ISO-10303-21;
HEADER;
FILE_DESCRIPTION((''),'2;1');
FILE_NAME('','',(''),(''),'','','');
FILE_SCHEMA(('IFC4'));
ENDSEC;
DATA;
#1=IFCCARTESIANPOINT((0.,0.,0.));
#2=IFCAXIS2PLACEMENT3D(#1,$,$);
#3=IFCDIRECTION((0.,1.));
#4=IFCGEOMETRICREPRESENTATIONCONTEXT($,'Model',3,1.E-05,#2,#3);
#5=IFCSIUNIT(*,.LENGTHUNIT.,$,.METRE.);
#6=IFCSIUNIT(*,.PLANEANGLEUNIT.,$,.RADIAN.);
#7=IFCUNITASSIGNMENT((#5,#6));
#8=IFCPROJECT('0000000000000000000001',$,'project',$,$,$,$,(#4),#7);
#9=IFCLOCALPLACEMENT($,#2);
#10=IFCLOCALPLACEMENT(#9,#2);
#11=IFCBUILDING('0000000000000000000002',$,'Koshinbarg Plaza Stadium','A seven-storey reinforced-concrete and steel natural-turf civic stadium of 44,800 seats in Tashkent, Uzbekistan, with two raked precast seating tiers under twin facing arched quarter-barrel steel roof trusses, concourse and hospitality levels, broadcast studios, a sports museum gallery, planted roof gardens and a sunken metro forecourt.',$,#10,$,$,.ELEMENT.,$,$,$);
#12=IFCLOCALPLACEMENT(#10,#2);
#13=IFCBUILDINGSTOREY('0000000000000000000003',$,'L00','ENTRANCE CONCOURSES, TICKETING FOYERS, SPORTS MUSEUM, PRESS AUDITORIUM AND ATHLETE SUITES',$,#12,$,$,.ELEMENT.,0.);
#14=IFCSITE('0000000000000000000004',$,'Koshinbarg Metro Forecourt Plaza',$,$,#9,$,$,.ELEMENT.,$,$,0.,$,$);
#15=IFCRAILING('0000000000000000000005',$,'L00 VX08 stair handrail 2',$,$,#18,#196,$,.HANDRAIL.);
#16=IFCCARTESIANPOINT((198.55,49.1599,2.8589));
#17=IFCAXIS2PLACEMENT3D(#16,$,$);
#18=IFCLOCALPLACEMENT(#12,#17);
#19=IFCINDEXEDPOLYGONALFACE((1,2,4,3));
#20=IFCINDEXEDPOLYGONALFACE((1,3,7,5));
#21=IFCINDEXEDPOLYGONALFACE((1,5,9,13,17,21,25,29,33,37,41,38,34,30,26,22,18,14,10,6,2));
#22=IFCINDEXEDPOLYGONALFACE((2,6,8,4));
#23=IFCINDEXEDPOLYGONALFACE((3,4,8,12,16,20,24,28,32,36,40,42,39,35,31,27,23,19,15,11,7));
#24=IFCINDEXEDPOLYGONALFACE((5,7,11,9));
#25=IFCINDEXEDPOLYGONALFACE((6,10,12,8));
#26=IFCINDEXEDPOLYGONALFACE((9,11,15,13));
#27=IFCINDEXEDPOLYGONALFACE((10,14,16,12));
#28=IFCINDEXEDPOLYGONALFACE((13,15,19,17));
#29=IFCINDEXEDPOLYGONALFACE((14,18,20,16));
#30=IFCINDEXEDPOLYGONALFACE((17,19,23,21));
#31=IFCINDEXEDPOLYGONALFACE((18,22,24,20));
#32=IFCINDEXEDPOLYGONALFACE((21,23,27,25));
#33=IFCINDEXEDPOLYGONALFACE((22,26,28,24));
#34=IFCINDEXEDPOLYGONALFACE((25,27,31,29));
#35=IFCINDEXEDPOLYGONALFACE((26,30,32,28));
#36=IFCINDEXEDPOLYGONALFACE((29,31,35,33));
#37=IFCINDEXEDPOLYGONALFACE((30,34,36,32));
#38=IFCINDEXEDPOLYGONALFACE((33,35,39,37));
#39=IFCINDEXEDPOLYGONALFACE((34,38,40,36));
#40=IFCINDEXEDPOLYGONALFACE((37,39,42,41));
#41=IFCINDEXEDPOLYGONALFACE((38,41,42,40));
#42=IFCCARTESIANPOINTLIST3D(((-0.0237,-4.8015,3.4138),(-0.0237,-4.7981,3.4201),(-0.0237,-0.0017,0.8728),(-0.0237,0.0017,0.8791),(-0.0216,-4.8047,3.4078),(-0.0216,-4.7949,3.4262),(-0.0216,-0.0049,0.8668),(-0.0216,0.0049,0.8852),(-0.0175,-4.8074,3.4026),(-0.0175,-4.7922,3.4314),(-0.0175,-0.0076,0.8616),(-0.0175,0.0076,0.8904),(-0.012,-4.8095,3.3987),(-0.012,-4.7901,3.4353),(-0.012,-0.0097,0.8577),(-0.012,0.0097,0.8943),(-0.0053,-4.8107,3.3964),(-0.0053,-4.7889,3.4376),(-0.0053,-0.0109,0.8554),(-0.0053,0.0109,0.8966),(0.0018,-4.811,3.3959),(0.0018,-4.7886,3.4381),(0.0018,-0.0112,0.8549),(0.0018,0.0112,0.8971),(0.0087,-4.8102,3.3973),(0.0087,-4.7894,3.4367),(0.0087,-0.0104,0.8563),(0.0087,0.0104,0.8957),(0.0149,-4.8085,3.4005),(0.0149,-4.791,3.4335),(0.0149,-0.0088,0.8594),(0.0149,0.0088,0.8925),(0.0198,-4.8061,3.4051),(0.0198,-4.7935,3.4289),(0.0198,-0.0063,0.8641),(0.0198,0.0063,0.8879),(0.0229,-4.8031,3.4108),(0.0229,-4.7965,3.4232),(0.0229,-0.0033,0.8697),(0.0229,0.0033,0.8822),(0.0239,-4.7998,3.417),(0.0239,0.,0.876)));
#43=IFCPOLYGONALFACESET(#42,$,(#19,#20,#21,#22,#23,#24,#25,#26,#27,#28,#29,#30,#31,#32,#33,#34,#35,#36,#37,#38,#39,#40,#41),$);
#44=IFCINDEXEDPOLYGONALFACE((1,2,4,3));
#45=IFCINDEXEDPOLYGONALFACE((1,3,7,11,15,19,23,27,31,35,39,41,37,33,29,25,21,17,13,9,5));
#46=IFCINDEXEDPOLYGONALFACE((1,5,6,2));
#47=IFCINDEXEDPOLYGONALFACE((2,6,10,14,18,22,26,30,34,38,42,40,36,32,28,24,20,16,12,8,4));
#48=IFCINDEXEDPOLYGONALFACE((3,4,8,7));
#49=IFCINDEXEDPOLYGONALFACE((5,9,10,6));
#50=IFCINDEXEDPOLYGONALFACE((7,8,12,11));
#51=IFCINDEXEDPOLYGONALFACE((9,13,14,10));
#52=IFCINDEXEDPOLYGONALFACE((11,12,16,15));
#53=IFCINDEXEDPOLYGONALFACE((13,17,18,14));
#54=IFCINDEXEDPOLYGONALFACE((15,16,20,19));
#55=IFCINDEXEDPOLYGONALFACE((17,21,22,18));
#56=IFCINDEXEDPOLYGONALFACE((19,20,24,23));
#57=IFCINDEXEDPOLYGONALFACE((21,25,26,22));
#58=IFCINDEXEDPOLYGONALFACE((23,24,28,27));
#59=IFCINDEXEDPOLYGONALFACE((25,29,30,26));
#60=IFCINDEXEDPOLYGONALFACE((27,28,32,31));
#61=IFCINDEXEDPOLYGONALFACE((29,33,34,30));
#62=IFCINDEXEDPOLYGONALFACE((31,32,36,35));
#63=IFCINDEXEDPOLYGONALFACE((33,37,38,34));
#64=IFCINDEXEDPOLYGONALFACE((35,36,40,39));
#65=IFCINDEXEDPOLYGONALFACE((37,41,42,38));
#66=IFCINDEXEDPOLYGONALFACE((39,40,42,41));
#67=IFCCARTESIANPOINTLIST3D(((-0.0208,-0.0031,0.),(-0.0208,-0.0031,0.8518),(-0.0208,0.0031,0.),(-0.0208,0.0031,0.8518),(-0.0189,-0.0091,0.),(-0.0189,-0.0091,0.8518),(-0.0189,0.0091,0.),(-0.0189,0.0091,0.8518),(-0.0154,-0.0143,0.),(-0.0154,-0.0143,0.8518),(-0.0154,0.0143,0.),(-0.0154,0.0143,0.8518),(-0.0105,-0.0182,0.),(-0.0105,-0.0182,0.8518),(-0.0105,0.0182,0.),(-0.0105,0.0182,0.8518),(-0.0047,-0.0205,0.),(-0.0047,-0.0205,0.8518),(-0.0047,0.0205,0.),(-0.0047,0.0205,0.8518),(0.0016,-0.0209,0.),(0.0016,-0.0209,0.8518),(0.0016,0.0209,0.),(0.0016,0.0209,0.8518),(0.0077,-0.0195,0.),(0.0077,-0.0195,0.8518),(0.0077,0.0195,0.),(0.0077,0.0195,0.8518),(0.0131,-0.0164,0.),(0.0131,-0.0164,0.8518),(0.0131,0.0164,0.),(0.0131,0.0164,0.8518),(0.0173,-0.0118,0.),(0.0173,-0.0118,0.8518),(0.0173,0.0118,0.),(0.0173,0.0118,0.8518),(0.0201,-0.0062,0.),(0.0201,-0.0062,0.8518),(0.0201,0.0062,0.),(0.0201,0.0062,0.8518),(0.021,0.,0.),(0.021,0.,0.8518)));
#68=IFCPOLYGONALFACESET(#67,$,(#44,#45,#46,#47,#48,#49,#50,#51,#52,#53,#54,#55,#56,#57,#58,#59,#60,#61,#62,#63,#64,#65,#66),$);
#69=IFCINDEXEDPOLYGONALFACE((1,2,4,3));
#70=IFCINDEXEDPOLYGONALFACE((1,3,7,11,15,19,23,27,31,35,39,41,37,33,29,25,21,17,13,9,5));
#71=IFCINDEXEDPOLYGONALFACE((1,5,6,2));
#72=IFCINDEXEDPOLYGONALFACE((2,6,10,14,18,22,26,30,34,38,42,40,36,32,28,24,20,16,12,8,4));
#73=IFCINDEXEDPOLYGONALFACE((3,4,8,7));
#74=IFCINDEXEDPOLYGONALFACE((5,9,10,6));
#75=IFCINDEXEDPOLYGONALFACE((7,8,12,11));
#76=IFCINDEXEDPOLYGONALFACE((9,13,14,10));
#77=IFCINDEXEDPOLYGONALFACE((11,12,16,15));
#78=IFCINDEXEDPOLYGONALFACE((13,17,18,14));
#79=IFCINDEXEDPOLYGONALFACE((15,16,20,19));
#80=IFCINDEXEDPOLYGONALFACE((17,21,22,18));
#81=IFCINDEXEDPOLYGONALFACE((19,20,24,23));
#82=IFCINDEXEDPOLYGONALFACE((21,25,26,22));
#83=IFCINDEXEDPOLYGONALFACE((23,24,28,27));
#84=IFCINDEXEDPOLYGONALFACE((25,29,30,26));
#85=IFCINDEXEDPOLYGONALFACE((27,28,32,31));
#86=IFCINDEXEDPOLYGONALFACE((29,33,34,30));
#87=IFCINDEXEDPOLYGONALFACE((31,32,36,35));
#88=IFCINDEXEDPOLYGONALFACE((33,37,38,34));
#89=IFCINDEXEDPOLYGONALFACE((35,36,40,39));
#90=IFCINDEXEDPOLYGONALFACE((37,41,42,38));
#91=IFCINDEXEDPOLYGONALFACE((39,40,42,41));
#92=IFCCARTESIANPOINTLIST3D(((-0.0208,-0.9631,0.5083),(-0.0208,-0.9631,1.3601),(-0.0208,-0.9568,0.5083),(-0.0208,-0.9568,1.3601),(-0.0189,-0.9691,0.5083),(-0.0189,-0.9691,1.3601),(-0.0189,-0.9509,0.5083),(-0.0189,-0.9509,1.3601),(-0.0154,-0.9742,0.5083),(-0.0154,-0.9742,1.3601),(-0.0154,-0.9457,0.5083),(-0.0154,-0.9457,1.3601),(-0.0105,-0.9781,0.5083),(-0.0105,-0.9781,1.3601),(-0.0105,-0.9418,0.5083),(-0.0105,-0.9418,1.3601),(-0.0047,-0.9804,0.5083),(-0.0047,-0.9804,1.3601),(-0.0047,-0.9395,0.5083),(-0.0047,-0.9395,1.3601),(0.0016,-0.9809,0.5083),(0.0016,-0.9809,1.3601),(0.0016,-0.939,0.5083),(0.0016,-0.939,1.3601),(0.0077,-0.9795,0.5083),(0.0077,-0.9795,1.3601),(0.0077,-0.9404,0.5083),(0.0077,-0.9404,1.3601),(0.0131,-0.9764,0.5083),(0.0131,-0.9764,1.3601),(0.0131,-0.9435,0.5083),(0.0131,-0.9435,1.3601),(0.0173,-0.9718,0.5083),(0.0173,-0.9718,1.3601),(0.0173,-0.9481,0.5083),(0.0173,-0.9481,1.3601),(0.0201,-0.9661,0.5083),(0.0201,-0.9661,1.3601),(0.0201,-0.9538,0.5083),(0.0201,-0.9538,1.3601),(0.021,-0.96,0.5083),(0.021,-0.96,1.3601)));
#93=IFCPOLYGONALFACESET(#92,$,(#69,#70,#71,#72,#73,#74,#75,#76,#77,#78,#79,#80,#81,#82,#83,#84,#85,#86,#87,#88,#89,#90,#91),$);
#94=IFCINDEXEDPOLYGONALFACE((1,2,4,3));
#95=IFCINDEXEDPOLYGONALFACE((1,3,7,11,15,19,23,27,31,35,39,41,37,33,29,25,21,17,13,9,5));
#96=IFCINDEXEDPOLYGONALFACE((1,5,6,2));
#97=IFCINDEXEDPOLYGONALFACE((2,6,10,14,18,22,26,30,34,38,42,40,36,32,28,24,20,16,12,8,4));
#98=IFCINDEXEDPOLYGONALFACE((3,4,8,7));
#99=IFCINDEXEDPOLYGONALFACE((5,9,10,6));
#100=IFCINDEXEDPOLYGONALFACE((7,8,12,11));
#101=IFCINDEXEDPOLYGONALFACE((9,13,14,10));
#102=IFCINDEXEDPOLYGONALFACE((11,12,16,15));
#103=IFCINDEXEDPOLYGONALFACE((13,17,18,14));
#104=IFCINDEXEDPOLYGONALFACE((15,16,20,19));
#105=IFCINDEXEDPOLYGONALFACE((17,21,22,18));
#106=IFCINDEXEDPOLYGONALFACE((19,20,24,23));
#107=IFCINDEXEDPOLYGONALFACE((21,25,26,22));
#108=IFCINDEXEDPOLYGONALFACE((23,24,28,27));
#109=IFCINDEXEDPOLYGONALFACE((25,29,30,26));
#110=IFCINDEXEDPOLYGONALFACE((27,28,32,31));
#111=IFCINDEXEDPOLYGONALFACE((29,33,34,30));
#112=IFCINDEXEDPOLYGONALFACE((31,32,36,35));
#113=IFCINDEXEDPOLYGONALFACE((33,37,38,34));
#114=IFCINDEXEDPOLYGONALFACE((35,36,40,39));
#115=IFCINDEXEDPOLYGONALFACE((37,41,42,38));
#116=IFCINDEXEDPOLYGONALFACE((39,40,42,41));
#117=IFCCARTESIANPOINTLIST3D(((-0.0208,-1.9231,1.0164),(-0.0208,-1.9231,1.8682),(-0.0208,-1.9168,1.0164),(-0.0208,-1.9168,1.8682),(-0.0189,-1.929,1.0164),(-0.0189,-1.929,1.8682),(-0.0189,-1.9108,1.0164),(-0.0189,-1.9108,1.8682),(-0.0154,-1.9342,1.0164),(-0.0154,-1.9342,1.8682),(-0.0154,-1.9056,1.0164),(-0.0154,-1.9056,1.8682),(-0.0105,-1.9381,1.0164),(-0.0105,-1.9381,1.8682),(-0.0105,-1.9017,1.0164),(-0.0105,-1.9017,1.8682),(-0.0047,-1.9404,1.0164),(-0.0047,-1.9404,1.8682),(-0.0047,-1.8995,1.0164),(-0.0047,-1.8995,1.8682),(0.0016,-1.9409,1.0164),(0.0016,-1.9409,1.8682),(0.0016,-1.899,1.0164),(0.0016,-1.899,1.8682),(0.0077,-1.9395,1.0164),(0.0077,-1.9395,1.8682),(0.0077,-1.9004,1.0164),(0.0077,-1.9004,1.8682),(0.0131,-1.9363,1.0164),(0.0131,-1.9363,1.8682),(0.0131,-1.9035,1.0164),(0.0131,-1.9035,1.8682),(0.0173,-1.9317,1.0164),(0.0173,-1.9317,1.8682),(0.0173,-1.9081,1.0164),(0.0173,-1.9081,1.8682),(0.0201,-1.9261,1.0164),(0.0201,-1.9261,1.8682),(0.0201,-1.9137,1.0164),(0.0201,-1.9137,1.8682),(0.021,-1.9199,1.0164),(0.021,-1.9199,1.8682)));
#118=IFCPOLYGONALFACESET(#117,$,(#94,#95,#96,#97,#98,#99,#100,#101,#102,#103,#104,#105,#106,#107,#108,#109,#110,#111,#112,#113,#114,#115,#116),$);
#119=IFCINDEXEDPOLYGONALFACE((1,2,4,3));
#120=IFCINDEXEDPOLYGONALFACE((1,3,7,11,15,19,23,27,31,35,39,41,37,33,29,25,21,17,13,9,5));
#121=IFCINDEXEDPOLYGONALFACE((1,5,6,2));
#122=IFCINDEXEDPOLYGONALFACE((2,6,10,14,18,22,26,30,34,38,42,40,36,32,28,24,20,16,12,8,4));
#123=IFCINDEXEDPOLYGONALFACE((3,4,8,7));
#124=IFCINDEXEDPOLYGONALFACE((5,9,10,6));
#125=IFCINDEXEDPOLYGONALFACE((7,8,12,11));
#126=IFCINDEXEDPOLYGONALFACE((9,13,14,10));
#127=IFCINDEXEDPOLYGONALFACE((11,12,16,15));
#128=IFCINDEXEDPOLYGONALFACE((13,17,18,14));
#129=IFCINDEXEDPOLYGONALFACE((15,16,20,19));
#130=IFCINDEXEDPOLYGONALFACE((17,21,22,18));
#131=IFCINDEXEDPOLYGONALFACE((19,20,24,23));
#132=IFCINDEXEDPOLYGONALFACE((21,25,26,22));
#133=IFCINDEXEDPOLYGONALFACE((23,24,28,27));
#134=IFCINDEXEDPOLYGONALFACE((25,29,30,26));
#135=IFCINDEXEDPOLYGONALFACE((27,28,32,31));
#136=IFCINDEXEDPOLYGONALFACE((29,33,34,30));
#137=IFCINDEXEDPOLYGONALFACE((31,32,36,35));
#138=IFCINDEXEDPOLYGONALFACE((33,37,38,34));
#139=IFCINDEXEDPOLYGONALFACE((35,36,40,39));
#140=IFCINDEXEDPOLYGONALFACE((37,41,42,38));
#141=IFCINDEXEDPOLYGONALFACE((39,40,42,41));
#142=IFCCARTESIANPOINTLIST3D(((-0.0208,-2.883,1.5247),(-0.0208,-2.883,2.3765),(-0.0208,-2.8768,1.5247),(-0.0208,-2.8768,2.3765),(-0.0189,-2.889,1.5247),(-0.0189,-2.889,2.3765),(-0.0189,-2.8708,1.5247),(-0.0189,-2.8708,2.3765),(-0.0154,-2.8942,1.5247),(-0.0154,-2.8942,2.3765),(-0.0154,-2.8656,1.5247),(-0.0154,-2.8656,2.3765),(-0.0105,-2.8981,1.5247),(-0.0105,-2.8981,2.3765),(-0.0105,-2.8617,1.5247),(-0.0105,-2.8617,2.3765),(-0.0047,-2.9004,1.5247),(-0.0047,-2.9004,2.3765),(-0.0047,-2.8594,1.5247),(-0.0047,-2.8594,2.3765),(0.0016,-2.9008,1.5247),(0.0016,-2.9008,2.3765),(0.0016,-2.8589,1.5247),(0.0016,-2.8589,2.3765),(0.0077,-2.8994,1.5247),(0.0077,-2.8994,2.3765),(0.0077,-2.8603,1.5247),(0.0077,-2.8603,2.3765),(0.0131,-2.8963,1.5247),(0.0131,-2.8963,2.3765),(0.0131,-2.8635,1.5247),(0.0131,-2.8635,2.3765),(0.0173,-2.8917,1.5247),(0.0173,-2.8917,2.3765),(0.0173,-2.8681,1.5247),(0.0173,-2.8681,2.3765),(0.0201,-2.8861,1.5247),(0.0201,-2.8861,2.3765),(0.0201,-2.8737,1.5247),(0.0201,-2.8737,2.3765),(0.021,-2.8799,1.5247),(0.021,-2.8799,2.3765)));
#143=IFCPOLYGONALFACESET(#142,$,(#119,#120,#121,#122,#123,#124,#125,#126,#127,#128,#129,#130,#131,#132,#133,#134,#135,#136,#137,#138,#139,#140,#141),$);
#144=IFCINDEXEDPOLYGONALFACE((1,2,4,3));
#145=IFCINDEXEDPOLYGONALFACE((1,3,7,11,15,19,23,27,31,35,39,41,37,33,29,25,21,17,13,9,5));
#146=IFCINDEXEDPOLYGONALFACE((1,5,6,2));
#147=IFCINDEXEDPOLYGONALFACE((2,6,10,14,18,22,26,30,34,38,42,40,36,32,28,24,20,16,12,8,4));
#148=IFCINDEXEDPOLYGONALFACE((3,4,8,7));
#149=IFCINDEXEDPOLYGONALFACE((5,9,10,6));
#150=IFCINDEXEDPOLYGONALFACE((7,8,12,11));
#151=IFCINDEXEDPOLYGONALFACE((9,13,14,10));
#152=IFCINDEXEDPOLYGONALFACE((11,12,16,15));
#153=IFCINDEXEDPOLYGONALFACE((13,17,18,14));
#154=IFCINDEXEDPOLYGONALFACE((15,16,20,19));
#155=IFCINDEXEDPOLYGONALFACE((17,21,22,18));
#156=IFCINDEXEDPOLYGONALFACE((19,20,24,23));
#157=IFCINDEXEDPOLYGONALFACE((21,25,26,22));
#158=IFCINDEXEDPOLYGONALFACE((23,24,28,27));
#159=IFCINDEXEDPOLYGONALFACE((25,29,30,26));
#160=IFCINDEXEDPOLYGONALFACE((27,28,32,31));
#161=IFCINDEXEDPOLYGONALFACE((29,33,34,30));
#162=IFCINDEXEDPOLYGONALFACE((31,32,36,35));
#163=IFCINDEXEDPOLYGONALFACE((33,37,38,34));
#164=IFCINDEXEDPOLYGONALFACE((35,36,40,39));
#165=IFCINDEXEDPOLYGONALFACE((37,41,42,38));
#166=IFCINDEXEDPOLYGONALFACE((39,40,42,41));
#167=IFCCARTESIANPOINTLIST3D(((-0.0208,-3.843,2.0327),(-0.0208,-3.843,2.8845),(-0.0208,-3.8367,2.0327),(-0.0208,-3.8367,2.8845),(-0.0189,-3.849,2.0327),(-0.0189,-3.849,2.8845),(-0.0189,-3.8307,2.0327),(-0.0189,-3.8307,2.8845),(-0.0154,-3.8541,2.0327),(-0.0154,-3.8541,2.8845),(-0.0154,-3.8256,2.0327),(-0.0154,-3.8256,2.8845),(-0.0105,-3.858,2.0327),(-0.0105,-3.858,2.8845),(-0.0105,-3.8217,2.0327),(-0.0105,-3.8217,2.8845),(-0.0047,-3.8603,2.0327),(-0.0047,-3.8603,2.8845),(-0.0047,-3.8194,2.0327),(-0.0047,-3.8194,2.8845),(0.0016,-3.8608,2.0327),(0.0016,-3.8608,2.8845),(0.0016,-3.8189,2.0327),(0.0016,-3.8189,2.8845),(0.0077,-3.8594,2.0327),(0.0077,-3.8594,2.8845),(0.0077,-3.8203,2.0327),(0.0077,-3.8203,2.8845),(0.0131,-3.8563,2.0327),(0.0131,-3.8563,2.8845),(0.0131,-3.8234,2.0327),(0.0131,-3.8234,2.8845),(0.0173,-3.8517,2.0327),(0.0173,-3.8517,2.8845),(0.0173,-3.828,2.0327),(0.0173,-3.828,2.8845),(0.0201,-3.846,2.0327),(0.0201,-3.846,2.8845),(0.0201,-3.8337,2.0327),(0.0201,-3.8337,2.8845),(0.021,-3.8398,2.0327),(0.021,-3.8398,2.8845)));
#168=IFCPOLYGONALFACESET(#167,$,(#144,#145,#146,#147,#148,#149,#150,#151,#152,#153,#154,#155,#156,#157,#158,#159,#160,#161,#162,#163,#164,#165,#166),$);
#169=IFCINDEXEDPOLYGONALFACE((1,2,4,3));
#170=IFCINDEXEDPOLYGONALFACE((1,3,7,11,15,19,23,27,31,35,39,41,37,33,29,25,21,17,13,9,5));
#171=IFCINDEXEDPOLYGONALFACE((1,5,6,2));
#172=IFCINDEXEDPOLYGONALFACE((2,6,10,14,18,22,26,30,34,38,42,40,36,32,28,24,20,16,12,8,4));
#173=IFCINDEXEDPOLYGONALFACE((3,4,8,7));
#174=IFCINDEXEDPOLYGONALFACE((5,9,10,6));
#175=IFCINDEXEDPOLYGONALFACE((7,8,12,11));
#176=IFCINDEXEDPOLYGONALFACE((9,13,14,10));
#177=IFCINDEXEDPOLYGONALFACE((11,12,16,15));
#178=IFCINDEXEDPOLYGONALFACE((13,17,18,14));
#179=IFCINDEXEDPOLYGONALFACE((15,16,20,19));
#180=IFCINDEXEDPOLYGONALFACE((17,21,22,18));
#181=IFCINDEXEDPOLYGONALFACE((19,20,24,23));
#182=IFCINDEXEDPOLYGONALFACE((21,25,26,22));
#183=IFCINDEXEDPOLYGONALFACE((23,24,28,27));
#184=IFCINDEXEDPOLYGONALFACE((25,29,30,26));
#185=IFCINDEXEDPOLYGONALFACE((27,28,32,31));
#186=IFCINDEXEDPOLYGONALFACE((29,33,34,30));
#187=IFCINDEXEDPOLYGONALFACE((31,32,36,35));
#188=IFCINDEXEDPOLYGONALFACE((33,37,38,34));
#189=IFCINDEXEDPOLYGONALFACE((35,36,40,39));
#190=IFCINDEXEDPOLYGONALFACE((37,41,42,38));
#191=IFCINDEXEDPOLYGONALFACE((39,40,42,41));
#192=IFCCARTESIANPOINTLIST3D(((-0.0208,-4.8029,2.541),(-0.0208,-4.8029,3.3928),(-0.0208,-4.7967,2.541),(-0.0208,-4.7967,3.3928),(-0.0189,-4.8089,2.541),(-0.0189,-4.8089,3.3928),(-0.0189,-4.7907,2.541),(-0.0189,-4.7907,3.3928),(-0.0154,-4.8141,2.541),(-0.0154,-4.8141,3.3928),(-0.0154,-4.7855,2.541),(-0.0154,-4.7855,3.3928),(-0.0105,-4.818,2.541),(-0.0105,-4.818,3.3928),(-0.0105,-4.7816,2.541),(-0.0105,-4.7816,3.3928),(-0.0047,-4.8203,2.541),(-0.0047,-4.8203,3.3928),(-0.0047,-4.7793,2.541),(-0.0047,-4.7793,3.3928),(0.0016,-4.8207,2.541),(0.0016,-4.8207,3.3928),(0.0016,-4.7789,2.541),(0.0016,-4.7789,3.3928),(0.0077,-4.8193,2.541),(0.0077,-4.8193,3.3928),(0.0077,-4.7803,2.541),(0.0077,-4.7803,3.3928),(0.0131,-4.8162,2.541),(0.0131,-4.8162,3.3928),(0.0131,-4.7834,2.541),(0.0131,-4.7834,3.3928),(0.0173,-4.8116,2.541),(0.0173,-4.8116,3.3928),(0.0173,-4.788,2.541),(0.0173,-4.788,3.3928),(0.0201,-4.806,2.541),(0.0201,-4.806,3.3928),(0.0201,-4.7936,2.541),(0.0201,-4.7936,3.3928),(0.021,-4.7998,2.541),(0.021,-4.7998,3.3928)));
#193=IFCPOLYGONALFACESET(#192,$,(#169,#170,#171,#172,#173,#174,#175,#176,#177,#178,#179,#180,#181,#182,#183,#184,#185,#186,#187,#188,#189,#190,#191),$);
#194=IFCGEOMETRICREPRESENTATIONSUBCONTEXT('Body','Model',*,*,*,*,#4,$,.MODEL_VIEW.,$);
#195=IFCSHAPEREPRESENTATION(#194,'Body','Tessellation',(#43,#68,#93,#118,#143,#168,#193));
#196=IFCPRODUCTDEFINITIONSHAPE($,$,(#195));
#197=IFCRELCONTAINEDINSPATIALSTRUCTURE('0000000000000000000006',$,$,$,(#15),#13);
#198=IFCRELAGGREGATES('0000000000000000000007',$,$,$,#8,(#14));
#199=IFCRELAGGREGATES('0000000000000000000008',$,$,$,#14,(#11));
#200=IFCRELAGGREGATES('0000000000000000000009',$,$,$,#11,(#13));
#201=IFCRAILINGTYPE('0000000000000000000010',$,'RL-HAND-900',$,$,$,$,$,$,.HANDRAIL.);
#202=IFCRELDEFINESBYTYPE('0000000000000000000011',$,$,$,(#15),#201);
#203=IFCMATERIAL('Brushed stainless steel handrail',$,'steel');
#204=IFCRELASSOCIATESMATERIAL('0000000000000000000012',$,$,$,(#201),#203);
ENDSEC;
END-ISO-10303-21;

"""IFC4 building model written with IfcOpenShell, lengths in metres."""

from ifc_helpers import new_model, si_unit, direction, frame, origin, origin_2d, place, context, subcontext, project, spatial, circle, extrude, material, type_object, element, save


model = new_model("IFC4")

# Units and contexts
model_context = context("Model", 3, precision=1e-05, world=origin(), true_north=direction((0.0, 1.0)))
body_context = subcontext(model_context, "Body", "Model", "MODEL_VIEW")
ifc_project = project(units=[si_unit("LENGTHUNIT", "METRE"), si_unit("PLANEANGLEUNIT", "RADIAN")], contexts=[model_context])

# Site, building, storey
site_placement = place(None, origin())
site = spatial("IfcSite", under=ifc_project, at=site_placement, Name="Koshinbarg Metro Forecourt Plaza", CompositionType="ELEMENT", RefElevation=0.0)
building_placement = place(site_placement, origin())
building = spatial("IfcBuilding", under=site, at=building_placement, Name="Koshinbarg Plaza Stadium", Description="A seven-storey reinforced-concrete and steel natural-turf civic stadium of 44,800 seats in Tashkent, Uzbekistan, with two raked precast seating tiers under twin facing arched quarter-barrel steel roof trusses, concourse and hospitality levels, broadcast studios, a sports museum gallery, planted roof gardens and a sunken metro forecourt.", CompositionType="ELEMENT")
storey_placement = place(building_placement, origin())
storey = spatial("IfcBuildingStorey", under=building, at=storey_placement, Name="L00", Description="ENTRANCE CONCOURSES, TICKETING FOYERS, SPORTS MUSEUM, PRESS AUDITORIUM AND ATHLETE SUITES", CompositionType="ELEMENT", Elevation=0.0)

# Railing
ifc_material_1 = material(Name="Brushed stainless steel handrail", Category="steel")
railing_type_1 = type_object("IfcRailingType", Name="RL-HAND-900", PredefinedType="HANDRAIL", material=ifc_material_1)
railing_1_placement = place(storey_placement, frame((198.55, 49.1599, 2.8589)))
element("IfcRailing", 1, at=railing_1_placement, inside=storey, type_object=railing_type_1, Name="L00 VX08 stair handrail 2", PredefinedType="HANDRAIL", context=body_context, shape_type="SweptSolid", body=[
    extrude(circle(Radius=0.0239, at=origin_2d()), frame((0.0, 0.0, 0.876), z_axis=(0.0, -0.883792, 0.467879), x_axis=(1.0, 0.0, 0.0)), (0.0, 0.0, 1.0), 5.4309),
    extrude(circle(Radius=0.021, at=origin_2d()), origin(), (0.0, 0.0, 1.0), 0.8518),
    extrude(circle(Radius=0.021, at=origin_2d()), frame((0.0, -0.96, 0.5083)), (0.0, 0.0, 1.0), 0.8518),
    extrude(circle(Radius=0.021, at=origin_2d()), frame((0.0, -1.9199, 1.0164)), (0.0, 0.0, 1.0), 0.8518),
    extrude(circle(Radius=0.021, at=origin_2d()), frame((0.0, -2.8799, 1.5247)), (0.0, 0.0, 1.0), 0.8518),
    extrude(circle(Radius=0.021, at=origin_2d()), frame((0.0, -3.8398, 2.0327)), (0.0, 0.0, 1.0), 0.8518),
    extrude(circle(Radius=0.021, at=origin_2d()), frame((0.0, -4.7998, 2.541)), (0.0, 0.0, 1.0), 0.8518),
])

save(model, "model.ifc")
